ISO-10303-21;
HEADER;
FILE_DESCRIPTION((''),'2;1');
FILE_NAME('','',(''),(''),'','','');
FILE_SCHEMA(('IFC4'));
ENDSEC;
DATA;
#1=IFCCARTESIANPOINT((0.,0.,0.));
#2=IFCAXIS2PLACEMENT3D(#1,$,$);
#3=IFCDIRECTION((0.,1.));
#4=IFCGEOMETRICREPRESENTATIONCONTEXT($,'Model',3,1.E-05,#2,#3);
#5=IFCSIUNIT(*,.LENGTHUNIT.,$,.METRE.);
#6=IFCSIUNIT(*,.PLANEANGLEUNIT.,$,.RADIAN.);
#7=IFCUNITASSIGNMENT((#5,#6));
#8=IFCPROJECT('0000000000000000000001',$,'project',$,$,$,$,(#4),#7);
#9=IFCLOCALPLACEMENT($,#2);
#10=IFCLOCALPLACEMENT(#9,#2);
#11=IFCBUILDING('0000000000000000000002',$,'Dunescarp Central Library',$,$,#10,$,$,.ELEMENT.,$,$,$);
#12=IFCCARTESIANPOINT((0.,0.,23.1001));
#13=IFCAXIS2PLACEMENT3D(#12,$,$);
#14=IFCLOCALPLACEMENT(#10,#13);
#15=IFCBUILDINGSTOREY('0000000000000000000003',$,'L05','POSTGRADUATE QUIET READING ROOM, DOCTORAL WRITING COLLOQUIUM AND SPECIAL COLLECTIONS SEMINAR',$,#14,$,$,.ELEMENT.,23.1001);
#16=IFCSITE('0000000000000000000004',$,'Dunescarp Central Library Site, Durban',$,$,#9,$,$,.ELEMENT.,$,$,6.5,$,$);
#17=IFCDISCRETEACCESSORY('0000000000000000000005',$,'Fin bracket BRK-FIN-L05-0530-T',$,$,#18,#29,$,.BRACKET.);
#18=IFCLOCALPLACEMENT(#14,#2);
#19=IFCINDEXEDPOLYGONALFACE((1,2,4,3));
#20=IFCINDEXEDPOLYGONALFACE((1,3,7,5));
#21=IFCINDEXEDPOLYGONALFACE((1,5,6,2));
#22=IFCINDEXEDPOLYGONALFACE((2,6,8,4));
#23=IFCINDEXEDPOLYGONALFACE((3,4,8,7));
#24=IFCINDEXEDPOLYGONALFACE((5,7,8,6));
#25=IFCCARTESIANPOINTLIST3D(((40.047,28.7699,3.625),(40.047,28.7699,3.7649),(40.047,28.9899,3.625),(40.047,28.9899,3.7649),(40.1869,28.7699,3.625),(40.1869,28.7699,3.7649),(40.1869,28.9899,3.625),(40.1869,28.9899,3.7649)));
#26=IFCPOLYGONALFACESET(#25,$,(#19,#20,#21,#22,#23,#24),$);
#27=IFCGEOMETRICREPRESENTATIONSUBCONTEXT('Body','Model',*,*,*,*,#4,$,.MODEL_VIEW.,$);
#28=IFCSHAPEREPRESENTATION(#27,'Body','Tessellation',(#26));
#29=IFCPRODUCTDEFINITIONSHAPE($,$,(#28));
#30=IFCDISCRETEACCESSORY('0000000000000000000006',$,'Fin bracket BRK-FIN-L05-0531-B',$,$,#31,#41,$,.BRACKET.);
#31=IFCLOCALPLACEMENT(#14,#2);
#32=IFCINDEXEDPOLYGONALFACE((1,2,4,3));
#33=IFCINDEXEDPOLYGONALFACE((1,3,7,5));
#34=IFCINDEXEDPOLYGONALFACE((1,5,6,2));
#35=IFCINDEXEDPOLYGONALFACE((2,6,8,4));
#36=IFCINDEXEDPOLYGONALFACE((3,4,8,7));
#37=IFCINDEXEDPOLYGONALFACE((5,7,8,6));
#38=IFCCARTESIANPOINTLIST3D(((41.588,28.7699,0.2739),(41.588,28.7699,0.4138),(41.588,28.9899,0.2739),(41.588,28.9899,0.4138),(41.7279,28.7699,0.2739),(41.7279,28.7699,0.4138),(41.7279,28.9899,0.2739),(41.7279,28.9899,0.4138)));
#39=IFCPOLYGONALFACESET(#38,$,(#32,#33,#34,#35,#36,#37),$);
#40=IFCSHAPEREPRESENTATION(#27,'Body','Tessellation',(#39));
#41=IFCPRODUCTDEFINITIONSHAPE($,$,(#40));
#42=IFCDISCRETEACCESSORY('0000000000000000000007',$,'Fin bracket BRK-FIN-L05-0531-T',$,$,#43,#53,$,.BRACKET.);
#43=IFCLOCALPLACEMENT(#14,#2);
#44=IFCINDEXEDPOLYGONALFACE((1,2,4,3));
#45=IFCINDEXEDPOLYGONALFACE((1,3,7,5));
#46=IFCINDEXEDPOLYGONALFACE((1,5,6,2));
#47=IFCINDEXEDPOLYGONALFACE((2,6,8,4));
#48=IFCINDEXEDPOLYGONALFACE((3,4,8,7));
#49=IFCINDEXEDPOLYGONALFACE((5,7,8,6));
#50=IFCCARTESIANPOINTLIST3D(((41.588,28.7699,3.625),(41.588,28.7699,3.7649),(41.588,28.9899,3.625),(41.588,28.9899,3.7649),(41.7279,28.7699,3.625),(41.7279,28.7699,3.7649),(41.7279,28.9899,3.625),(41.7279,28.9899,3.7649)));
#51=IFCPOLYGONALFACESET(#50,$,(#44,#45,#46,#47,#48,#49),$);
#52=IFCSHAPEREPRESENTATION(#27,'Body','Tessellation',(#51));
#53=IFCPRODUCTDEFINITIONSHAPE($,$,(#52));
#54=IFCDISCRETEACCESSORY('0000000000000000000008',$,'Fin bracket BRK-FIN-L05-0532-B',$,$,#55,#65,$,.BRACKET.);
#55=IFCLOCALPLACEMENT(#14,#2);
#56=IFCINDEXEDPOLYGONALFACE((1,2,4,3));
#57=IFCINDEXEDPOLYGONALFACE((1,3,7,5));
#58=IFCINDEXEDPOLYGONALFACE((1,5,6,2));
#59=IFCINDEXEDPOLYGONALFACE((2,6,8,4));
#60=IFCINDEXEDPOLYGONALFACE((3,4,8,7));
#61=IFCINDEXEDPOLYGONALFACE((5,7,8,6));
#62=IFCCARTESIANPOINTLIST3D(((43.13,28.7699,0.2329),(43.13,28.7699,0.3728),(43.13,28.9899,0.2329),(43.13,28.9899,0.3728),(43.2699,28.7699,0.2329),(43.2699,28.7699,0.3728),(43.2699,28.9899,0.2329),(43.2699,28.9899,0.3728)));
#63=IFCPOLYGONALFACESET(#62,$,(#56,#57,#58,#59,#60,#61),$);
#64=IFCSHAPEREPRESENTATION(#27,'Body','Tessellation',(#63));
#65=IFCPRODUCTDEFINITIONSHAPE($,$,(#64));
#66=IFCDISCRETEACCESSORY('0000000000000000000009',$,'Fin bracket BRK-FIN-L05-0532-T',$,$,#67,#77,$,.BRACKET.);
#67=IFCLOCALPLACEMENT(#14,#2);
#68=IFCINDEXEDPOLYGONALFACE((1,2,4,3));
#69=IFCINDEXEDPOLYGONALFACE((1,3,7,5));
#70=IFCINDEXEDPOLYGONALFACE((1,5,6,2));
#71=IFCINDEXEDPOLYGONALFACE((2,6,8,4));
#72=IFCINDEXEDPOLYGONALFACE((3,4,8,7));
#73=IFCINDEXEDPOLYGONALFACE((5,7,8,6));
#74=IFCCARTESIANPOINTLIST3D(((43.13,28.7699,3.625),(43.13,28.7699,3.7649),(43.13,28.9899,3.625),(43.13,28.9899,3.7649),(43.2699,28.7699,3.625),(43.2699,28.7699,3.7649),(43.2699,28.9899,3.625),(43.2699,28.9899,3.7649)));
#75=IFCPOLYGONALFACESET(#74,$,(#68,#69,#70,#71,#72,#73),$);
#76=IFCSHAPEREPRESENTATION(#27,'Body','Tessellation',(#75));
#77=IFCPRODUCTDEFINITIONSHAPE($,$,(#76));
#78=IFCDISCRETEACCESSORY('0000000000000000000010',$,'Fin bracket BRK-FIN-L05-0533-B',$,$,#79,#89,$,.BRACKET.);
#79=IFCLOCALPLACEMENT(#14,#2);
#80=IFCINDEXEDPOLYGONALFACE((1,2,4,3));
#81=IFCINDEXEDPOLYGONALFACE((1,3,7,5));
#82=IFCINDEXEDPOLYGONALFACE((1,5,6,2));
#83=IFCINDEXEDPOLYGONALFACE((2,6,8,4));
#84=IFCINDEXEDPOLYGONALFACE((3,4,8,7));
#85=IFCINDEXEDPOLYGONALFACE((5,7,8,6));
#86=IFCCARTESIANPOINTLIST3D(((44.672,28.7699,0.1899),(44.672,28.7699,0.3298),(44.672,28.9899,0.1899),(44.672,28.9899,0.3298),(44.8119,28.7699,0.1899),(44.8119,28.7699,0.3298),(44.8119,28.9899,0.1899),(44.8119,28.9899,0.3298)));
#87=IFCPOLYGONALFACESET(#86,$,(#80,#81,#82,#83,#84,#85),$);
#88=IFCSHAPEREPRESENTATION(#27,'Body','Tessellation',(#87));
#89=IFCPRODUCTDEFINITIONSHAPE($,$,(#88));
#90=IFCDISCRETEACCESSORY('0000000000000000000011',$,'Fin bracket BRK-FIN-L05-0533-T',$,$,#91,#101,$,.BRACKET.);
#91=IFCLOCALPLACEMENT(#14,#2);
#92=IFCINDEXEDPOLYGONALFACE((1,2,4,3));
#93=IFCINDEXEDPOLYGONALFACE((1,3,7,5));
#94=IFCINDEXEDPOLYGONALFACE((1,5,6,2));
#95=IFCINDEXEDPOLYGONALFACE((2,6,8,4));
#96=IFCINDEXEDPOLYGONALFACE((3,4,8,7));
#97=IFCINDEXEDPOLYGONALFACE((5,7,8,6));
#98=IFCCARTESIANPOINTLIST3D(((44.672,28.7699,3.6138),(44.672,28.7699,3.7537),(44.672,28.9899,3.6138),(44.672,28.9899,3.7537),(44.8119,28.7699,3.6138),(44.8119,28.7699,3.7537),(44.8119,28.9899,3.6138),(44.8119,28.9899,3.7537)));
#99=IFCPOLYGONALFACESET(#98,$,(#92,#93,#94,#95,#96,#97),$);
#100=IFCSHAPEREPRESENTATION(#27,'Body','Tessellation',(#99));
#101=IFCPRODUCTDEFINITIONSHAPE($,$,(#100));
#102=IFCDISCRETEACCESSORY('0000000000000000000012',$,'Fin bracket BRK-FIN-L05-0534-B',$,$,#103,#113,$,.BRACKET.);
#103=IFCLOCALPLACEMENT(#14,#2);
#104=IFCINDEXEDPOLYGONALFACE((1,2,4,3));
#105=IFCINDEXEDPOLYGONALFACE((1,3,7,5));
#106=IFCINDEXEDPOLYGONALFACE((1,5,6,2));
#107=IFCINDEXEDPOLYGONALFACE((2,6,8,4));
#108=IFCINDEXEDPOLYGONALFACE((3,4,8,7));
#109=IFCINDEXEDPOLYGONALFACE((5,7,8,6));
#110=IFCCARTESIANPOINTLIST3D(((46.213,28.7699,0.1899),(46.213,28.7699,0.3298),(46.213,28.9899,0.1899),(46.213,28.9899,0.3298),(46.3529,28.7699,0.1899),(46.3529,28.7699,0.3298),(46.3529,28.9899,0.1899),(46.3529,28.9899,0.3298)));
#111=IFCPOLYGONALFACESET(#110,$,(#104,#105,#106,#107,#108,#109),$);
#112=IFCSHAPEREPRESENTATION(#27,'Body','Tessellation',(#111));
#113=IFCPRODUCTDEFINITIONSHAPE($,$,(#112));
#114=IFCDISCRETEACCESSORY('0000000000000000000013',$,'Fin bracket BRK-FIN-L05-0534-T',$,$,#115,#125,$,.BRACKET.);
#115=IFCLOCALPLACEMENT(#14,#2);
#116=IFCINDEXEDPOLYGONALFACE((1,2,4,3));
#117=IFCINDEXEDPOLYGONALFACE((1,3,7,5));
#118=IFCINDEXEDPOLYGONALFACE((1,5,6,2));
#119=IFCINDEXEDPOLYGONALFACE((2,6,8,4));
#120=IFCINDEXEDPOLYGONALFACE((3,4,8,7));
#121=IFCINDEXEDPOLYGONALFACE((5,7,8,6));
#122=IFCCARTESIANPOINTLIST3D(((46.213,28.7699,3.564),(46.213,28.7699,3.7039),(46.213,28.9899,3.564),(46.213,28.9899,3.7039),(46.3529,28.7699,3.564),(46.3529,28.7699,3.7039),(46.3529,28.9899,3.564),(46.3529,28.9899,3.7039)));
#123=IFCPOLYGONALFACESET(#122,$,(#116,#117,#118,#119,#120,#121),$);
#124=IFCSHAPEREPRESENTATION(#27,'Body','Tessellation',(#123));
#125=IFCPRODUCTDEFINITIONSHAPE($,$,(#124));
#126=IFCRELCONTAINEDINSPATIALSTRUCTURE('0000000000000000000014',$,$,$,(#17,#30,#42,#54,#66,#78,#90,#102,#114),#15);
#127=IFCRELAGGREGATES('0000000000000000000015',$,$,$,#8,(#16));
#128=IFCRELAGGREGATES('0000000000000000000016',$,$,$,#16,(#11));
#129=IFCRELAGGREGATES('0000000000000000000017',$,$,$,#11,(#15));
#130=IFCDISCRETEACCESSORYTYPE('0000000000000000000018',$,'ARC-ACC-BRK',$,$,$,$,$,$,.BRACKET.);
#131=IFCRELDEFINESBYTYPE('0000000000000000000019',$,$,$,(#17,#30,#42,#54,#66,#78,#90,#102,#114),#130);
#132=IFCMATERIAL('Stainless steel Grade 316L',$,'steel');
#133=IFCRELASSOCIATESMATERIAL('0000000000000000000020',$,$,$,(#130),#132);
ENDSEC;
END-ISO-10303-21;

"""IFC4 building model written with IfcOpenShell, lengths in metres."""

from ifc_helpers import new_model, si_unit, direction, frame, origin, origin_2d, place, context, subcontext, project, spatial, rectangle, extrude, material, type_object, element, save


model = new_model("IFC4")

# Units and contexts
model_context = context("Model", 3, precision=1e-05, world=origin(), true_north=direction((0.0, 1.0)))
body_context = subcontext(model_context, "Body", "Model", "MODEL_VIEW")
ifc_project = project(units=[si_unit("LENGTHUNIT", "METRE"), si_unit("PLANEANGLEUNIT", "RADIAN")], contexts=[model_context])

# Site, building, storey
site_placement = place(None, origin())
site = spatial("IfcSite", under=ifc_project, at=site_placement, Name="Dunescarp Central Library Site, Durban", CompositionType="ELEMENT", RefElevation=6.5)
building_placement = place(site_placement, origin())
building = spatial("IfcBuilding", under=site, at=building_placement, Name="Dunescarp Central Library", CompositionType="ELEMENT")
storey_placement = place(building_placement, frame((0.0, 0.0, 23.1001)))
storey = spatial("IfcBuildingStorey", under=building, at=storey_placement, Name="L05", Description="POSTGRADUATE QUIET READING ROOM, DOCTORAL WRITING COLLOQUIUM AND SPECIAL COLLECTIONS SEMINAR", CompositionType="ELEMENT", Elevation=23.1001)

# Discrete accessories
ifc_material_1 = material(Name="Stainless steel Grade 316L", Category="steel")
discrete_accessory_type = type_object("IfcDiscreteAccessoryType", Name="ARC-ACC-BRK", PredefinedType="BRACKET", material=ifc_material_1)
for number, where, z_axis, x_axis, name in (
    (1, (40.1169, 28.8799, 3.625), (0.0, 0.0, 1.0), (0.0, 1.0, 0.0), "Fin bracket BRK-FIN-L05-0530-T"),
    (2, (41.658, 28.8799, 0.2739), (0.0, 0.0, 1.0), (0.0, 1.0, 0.0), "Fin bracket BRK-FIN-L05-0531-B"),
    (3, (41.658, 28.8799, 3.625), (0.0, 0.0, 1.0), (0.0, 1.0, 0.0), "Fin bracket BRK-FIN-L05-0531-T"),
    (4, (43.2, 28.8799, 0.2329), (0.0, 0.0, 1.0), (0.0, 1.0, 0.0), "Fin bracket BRK-FIN-L05-0532-B"),
    (5, (43.2, 28.8799, 3.625), (0.0, 0.0, 1.0), (0.0, 1.0, 0.0), "Fin bracket BRK-FIN-L05-0532-T"),
    (6, (44.7419, 28.8799, 0.1899), (0.0, 0.0, 1.0), (0.0, 1.0, 0.0), "Fin bracket BRK-FIN-L05-0533-B"),
    (7, (44.7419, 28.8799, 3.6138), (0.0, 0.0, 1.0), (0.0, 1.0, 0.0), "Fin bracket BRK-FIN-L05-0533-T"),
    (8, (46.283, 28.8799, 0.1899), (0.0, 0.0, 1.0), (0.0, 1.0, 0.0), "Fin bracket BRK-FIN-L05-0534-B"),
    (9, (46.283, 28.8799, 3.564), (0.0, 0.0, 1.0), (0.0, 1.0, 0.0), "Fin bracket BRK-FIN-L05-0534-T"),
):
    element("IfcDiscreteAccessory", number, at=place(storey_placement, frame(where, z_axis=z_axis, x_axis=x_axis)), inside=storey, type_object=discrete_accessory_type, Name=name, PredefinedType="BRACKET", context=body_context, shape_type="SweptSolid", body=[
        extrude(rectangle(XDim=0.22, YDim=0.1399, at=origin_2d()), origin(), (0.0, 0.0, 1.0), 0.1399),
    ])

save(model, "model.ifc")
